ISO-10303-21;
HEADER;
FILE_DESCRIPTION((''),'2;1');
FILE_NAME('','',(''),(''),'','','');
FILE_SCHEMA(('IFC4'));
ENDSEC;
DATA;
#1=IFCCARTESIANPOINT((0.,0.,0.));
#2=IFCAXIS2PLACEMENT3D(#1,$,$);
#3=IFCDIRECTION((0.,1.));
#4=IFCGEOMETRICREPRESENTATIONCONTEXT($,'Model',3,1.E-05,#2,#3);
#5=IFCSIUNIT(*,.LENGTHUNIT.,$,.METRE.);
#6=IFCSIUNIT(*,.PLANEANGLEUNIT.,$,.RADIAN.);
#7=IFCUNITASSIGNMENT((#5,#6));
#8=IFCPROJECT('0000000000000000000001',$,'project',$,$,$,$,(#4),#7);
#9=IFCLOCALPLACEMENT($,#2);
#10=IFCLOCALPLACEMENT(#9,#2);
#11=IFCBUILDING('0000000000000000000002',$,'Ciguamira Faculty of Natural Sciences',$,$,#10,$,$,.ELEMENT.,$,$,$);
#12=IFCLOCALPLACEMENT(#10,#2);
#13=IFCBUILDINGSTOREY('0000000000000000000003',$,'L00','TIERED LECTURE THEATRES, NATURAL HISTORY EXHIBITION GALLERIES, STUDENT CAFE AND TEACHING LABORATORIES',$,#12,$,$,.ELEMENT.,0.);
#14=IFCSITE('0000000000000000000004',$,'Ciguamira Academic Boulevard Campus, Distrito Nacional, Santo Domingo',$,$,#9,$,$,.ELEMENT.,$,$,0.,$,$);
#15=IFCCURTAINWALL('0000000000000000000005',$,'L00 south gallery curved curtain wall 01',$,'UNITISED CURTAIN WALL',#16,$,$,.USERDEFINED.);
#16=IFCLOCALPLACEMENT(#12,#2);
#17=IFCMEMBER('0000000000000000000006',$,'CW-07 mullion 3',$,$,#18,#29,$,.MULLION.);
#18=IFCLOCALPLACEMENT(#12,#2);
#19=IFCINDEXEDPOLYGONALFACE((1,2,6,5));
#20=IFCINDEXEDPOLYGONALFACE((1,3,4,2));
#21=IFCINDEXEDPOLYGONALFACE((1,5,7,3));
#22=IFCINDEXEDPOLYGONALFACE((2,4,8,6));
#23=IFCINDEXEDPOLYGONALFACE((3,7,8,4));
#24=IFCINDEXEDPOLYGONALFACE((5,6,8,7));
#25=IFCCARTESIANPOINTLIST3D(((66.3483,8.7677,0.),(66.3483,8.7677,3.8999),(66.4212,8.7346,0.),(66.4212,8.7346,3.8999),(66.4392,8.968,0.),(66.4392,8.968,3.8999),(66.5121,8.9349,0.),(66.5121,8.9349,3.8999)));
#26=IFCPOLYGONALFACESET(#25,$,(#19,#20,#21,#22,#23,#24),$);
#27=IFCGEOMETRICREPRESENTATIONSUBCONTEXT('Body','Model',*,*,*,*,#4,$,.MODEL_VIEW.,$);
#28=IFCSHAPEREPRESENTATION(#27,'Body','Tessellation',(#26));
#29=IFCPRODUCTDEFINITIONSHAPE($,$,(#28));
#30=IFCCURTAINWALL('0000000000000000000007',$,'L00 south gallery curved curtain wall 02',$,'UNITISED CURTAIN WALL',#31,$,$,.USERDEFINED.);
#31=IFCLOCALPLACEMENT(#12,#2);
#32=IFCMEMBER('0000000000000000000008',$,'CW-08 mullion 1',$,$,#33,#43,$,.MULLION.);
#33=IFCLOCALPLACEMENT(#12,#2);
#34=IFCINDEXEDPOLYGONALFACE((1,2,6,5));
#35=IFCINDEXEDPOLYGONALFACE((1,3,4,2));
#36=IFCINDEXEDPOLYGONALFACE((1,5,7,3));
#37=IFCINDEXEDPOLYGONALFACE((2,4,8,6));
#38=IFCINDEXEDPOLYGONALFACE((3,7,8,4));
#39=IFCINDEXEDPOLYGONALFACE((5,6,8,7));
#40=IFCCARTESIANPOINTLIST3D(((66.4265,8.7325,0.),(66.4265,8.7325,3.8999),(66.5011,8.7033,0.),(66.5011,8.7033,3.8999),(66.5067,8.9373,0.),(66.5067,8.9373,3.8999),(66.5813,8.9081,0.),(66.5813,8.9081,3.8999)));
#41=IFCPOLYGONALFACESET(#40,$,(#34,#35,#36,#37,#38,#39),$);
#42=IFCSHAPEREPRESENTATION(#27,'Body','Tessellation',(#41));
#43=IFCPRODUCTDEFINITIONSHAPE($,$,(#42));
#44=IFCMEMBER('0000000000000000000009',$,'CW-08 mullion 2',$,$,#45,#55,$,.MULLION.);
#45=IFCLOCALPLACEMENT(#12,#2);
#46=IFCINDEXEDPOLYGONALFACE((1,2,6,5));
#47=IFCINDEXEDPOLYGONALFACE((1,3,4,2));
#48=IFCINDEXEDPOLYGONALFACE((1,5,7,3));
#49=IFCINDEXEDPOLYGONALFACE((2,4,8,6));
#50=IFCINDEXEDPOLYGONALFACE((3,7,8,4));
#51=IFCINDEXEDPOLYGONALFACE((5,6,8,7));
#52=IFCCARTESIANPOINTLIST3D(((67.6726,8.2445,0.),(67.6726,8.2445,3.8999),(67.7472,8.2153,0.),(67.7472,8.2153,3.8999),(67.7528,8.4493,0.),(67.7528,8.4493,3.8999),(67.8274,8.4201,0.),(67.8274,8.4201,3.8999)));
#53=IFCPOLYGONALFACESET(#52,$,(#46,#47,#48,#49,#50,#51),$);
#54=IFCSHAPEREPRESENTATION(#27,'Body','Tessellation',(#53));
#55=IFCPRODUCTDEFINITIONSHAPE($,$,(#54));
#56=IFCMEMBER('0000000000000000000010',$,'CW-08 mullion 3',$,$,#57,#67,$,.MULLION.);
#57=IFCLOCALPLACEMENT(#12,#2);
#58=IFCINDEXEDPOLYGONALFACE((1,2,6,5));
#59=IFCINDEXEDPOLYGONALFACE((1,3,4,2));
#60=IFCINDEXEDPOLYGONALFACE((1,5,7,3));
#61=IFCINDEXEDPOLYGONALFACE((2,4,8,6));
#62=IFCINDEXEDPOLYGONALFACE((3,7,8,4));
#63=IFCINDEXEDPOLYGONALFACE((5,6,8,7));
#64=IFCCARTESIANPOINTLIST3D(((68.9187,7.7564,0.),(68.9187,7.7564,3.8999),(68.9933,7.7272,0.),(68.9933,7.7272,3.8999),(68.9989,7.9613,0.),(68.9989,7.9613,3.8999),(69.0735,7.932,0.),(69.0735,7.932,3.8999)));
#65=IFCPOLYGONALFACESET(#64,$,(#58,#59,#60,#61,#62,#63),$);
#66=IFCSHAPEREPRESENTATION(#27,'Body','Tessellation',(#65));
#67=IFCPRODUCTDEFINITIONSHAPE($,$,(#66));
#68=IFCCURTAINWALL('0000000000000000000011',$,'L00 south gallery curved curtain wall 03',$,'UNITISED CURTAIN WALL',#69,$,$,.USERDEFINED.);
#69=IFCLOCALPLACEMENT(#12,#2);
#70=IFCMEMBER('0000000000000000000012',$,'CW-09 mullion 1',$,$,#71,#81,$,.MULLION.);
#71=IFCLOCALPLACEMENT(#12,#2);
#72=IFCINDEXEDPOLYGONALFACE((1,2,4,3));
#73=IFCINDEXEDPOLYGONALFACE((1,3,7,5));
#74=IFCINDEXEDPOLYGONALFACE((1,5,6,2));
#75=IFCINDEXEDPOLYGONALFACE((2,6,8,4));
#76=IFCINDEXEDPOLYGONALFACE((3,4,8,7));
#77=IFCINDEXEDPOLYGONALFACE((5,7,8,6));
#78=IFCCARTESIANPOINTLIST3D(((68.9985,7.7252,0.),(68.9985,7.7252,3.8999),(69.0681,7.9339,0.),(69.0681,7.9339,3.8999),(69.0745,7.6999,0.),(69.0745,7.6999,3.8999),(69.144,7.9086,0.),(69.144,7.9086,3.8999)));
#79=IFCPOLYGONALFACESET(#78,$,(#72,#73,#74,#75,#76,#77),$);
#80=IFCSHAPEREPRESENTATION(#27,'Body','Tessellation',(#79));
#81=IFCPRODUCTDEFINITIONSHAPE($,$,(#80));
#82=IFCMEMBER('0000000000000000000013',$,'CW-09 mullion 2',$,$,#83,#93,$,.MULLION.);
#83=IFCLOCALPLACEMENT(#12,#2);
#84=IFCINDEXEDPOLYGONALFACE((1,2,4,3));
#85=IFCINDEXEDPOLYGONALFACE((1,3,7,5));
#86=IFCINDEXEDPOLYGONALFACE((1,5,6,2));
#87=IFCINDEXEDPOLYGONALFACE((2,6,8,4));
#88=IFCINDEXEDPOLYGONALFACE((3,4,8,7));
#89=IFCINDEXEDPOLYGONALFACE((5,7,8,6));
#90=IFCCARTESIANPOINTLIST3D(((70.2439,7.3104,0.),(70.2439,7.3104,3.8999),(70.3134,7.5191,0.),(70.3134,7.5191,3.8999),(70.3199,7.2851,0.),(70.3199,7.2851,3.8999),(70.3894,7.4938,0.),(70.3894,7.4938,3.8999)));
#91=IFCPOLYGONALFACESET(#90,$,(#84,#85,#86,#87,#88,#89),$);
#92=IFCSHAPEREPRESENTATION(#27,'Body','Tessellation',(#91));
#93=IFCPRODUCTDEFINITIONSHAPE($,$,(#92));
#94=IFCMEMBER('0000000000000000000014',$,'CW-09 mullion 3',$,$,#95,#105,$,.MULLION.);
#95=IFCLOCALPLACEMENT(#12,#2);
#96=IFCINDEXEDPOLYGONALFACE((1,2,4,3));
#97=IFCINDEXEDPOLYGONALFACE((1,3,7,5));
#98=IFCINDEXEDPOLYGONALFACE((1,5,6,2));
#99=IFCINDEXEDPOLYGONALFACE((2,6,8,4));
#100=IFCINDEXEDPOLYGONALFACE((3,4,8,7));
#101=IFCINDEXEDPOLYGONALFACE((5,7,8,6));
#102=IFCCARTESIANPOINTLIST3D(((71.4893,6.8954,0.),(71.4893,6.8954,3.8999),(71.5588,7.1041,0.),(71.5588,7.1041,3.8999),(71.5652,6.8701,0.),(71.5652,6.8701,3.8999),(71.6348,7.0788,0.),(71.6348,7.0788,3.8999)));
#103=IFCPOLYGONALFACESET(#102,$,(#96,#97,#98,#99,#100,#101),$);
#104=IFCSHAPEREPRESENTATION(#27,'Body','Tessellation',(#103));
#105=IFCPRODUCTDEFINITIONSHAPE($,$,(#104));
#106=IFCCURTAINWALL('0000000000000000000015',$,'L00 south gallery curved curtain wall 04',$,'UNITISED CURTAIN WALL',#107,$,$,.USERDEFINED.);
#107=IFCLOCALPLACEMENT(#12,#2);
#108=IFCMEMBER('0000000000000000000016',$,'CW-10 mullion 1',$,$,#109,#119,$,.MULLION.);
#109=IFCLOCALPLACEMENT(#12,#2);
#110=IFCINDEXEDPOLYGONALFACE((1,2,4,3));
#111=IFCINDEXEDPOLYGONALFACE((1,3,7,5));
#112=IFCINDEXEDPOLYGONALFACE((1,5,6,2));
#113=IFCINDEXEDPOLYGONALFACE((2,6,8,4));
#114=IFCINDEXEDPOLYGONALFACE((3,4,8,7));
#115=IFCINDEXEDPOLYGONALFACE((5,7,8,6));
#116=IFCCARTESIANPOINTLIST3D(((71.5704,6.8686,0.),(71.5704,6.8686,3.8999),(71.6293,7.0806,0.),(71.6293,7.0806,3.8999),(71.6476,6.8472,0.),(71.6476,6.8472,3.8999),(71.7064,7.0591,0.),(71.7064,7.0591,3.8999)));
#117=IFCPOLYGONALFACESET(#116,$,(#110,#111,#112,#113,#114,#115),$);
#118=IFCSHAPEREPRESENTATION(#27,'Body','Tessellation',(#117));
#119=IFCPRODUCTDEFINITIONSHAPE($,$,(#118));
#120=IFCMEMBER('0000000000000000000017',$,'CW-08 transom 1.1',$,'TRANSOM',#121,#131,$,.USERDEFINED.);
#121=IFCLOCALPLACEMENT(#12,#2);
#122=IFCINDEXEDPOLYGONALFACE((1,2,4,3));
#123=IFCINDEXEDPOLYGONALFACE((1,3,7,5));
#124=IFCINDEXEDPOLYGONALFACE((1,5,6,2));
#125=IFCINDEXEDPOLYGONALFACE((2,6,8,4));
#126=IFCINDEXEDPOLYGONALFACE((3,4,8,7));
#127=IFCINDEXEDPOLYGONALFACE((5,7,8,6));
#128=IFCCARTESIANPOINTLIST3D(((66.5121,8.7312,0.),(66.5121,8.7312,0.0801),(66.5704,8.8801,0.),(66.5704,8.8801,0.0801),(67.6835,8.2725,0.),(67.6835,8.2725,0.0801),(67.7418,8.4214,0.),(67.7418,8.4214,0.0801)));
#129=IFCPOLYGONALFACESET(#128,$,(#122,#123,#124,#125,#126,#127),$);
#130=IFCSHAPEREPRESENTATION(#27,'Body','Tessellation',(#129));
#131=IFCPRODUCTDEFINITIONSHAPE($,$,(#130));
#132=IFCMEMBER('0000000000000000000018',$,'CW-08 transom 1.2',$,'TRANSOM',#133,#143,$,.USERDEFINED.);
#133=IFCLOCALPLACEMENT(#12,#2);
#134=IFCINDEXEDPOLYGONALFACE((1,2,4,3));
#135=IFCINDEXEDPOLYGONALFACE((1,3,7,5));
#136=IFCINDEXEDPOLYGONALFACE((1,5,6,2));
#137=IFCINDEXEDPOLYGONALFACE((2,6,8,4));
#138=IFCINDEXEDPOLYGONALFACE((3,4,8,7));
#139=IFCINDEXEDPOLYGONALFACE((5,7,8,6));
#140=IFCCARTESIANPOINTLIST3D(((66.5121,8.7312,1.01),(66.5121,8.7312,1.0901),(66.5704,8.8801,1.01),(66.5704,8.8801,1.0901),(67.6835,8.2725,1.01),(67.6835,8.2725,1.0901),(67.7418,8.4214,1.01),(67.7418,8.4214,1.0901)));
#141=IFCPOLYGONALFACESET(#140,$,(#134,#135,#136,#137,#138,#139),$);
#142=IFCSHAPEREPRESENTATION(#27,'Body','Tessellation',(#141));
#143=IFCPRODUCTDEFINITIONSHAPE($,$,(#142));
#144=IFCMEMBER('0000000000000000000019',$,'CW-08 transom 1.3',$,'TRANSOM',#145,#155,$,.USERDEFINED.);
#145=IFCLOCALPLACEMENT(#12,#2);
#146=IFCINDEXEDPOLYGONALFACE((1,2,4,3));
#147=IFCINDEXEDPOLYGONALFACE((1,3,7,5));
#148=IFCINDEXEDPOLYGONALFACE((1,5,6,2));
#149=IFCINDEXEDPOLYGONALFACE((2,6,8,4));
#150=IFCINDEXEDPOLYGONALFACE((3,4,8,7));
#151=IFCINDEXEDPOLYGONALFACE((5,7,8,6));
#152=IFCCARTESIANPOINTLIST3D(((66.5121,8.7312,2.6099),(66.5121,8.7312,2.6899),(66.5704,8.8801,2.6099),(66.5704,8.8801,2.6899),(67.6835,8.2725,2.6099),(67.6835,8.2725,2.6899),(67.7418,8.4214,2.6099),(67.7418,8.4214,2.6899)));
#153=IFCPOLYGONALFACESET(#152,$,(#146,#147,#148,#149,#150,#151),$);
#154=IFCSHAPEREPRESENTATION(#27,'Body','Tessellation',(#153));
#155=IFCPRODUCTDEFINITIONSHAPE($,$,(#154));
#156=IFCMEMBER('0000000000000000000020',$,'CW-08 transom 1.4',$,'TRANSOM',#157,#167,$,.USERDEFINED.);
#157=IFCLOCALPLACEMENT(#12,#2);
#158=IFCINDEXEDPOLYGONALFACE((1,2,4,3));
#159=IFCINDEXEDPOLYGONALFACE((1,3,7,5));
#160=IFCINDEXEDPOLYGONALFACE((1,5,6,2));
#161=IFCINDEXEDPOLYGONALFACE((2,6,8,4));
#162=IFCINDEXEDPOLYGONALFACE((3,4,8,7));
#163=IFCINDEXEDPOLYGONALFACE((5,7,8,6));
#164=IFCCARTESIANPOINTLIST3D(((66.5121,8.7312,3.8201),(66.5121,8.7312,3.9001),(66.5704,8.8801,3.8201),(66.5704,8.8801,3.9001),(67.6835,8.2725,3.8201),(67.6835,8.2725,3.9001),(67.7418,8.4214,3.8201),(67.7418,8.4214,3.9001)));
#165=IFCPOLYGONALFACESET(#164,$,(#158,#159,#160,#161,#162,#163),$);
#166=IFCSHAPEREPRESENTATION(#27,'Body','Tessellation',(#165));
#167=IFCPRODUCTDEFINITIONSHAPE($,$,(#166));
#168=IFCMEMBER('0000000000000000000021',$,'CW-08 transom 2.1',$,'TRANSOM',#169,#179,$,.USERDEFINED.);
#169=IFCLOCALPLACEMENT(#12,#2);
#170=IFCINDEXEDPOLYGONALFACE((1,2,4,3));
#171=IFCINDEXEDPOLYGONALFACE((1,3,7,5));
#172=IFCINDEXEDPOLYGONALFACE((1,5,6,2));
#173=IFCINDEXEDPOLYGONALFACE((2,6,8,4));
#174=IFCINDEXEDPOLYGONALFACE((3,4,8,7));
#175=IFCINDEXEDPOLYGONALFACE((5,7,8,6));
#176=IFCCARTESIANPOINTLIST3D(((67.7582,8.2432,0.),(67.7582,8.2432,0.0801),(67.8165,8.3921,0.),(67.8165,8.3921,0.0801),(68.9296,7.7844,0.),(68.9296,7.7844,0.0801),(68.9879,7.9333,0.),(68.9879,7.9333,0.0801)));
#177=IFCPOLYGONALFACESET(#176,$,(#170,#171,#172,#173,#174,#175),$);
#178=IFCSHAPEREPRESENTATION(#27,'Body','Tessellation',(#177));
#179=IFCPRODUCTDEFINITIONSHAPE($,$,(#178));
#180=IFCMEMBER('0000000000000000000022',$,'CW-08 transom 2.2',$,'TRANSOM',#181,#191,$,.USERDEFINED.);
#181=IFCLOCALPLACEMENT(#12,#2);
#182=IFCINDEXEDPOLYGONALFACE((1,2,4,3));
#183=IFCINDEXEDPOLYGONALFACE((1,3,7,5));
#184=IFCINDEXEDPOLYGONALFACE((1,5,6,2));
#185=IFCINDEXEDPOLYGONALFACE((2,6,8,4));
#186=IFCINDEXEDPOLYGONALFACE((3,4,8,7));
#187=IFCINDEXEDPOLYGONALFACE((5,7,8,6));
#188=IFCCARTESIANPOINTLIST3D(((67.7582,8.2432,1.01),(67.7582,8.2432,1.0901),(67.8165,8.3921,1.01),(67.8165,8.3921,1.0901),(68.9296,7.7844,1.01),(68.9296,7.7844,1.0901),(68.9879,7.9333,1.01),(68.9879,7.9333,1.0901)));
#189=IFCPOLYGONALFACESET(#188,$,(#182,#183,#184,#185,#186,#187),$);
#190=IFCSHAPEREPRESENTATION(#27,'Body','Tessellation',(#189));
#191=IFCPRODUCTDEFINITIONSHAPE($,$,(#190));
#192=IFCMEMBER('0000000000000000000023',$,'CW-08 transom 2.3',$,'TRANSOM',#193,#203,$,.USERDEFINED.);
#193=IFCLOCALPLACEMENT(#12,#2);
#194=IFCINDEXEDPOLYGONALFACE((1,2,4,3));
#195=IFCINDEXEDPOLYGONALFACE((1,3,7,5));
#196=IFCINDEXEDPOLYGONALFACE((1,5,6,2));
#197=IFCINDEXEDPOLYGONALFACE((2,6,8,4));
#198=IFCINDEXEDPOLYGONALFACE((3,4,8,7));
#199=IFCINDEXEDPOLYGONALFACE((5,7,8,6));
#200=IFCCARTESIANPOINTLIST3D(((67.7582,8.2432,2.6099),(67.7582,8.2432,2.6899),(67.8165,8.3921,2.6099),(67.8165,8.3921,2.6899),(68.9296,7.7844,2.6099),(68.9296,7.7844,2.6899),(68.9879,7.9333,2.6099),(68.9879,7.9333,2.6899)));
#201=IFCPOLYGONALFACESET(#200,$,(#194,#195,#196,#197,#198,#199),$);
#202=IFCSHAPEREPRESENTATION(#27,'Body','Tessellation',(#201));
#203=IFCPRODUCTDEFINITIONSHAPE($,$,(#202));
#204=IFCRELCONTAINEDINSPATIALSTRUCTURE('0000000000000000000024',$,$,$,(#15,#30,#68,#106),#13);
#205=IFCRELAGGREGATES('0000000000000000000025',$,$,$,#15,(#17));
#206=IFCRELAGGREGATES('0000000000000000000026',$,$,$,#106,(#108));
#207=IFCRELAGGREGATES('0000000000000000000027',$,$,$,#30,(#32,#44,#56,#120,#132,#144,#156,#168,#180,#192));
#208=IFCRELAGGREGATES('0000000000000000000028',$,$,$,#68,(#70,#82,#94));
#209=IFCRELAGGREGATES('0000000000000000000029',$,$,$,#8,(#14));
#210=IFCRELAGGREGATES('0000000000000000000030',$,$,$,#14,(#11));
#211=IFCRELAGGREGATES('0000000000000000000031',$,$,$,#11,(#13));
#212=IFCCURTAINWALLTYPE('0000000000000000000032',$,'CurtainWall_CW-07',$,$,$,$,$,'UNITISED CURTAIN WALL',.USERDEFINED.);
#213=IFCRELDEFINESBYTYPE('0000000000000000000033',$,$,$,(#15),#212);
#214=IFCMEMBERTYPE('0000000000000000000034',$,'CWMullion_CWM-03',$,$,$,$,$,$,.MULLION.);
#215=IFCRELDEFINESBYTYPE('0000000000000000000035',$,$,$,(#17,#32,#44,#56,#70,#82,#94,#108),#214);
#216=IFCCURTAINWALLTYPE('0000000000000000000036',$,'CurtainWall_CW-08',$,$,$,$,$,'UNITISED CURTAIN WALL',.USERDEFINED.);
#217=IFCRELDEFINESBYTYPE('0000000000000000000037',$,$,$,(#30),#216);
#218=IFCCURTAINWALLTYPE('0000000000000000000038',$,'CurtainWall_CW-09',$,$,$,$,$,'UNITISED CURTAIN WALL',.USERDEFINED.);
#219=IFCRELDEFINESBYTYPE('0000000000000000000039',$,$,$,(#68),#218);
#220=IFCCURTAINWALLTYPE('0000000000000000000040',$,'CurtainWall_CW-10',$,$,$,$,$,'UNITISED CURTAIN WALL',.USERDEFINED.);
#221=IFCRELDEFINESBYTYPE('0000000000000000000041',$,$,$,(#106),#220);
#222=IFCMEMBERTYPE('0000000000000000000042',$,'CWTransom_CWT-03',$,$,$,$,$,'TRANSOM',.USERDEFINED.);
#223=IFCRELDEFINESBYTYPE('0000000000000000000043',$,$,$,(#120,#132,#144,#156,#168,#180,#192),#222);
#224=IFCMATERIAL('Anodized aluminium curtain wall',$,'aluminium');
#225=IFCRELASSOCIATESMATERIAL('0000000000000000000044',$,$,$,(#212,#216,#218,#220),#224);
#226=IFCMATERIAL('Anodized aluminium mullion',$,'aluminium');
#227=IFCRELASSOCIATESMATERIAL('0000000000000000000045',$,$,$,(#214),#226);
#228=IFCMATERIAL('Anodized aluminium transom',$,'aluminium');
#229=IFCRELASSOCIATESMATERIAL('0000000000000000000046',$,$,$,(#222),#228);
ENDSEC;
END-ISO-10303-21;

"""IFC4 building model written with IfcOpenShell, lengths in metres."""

from ifc_helpers import new_model, si_unit, direction, frame, origin, origin_2d, place, context, subcontext, project, spatial, rectangle, extrude, material, material_profile, profile_set, type_object, element, aggregate, save


model = new_model("IFC4")

# Units and contexts
model_context = context("Model", 3, precision=1e-05, world=origin(), true_north=direction((0.0, 1.0)))
body_context = subcontext(model_context, "Body", "Model", "MODEL_VIEW")
ifc_project = project(units=[si_unit("LENGTHUNIT", "METRE"), si_unit("PLANEANGLEUNIT", "RADIAN")], contexts=[model_context])

# Site, building, storey
site_placement = place(None, origin())
site = spatial("IfcSite", under=ifc_project, at=site_placement, Name="Ciguamira Academic Boulevard Campus, Distrito Nacional, Santo Domingo", CompositionType="ELEMENT", RefElevation=0.0)
building_placement = place(site_placement, origin())
building = spatial("IfcBuilding", under=site, at=building_placement, Name="Ciguamira Faculty of Natural Sciences", CompositionType="ELEMENT")
storey_placement = place(building_placement, origin())
storey = spatial("IfcBuildingStorey", under=building, at=storey_placement, Name="L00", Description="TIERED LECTURE THEATRES, NATURAL HISTORY EXHIBITION GALLERIES, STUDENT CAFE AND TEACHING LABORATORIES", CompositionType="ELEMENT", Elevation=0.0)

# Curtain wall, member
ifc_material_1 = material(Name="Anodized aluminium curtain wall", Category="aluminium")
curtain_wall_type_1 = type_object("IfcCurtainWallType", Name="CurtainWall_CW-07", ElementType="UNITISED CURTAIN WALL", PredefinedType="USERDEFINED", material=ifc_material_1)
curtain_wall_1_placement = place(storey_placement, origin())
curtain_wall_1 = element("IfcCurtainWall", 1, at=curtain_wall_1_placement, inside=storey, type_object=curtain_wall_type_1, Name="L00 south gallery curved curtain wall 01", ObjectType="UNITISED CURTAIN WALL", PredefinedType="USERDEFINED")
ifc_material_2 = material(Name="Anodized aluminium mullion", Category="aluminium")
ifc_material_profile_1 = material_profile(ifc_material_2, rectangle(XDim=0.0801, YDim=0.22, at=origin_2d()), Name="ALU-MUL-80X220")
ifc_profile_set_1 = profile_set([ifc_material_profile_1], Name="Anodized aluminium mullion")
member_type_1 = type_object("IfcMemberType", Name="CWMullion_CWM-03", PredefinedType="MULLION", material=ifc_profile_set_1)
member_1_placement = place(storey_placement, frame((66.4302, 8.8513, 0.0), z_axis=(0.0, 0.0, 1.0), x_axis=(0.910581, -0.413332, 0.0)))
member_1 = element("IfcMember", 2, at=member_1_placement, type_object=member_type_1, Name="CW-07 mullion 3", PredefinedType="MULLION", context=body_context, shape_type="SweptSolid", body=[
    extrude(rectangle(XDim=0.0801, YDim=0.22, at=origin_2d()), origin(), (0.0, 0.0, 1.0), 3.8999),
])
aggregate(curtain_wall_1, [member_1])

# Curtain walls, members
curtain_wall_type_2 = type_object("IfcCurtainWallType", Name="CurtainWall_CW-08", ElementType="UNITISED CURTAIN WALL", PredefinedType="USERDEFINED", material=ifc_material_1)
curtain_wall_2_placement = place(storey_placement, origin())
curtain_wall_2 = element("IfcCurtainWall", 3, at=curtain_wall_2_placement, inside=storey, type_object=curtain_wall_type_2, Name="L00 south gallery curved curtain wall 02", ObjectType="UNITISED CURTAIN WALL", PredefinedType="USERDEFINED")
member_2_placement = place(storey_placement, frame((66.5039, 8.8203, 0.0), z_axis=(0.0, 0.0, 1.0), x_axis=(0.931122, -0.364707, 0.0)))
member_2 = element("IfcMember", 4, at=member_2_placement, type_object=member_type_1, Name="CW-08 mullion 1", PredefinedType="MULLION", context=body_context, shape_type="SweptSolid", body=[
    extrude(rectangle(XDim=0.0801, YDim=0.22, at=origin_2d()), origin(), (0.0, 0.0, 1.0), 3.8999),
])
member_3_placement = place(storey_placement, frame((67.75, 8.3323, 0.0), z_axis=(0.0, 0.0, 1.0), x_axis=(0.931122, -0.364707, 0.0)))
member_3 = element("IfcMember", 5, at=member_3_placement, type_object=member_type_1, Name="CW-08 mullion 2", PredefinedType="MULLION", context=body_context, shape_type="SweptSolid", body=[
    extrude(rectangle(XDim=0.0801, YDim=0.22, at=origin_2d()), origin(), (0.0, 0.0, 1.0), 3.8999),
])
member_4_placement = place(storey_placement, frame((68.9961, 7.8442, 0.0), z_axis=(0.0, 0.0, 1.0), x_axis=(0.931122, -0.364707, 0.0)))
member_4 = element("IfcMember", 6, at=member_4_placement, type_object=member_type_1, Name="CW-08 mullion 3", PredefinedType="MULLION", context=body_context, shape_type="SweptSolid", body=[
    extrude(rectangle(XDim=0.0801, YDim=0.22, at=origin_2d()), origin(), (0.0, 0.0, 1.0), 3.8999),
])
curtain_wall_type_3 = type_object("IfcCurtainWallType", Name="CurtainWall_CW-09", ElementType="UNITISED CURTAIN WALL", PredefinedType="USERDEFINED", material=ifc_material_1)
curtain_wall_3_placement = place(storey_placement, origin())
curtain_wall_3 = element("IfcCurtainWall", 7, at=curtain_wall_3_placement, inside=storey, type_object=curtain_wall_type_3, Name="L00 south gallery curved curtain wall 03", ObjectType="UNITISED CURTAIN WALL", PredefinedType="USERDEFINED")
member_5_placement = place(storey_placement, frame((69.0713, 7.8169, 0.0), z_axis=(0.0, 0.0, 1.0), x_axis=(0.948735, -0.316073, 0.0)))
member_5 = element("IfcMember", 8, at=member_5_placement, type_object=member_type_1, Name="CW-09 mullion 1", PredefinedType="MULLION", context=body_context, shape_type="SweptSolid", body=[
    extrude(rectangle(XDim=0.0801, YDim=0.22, at=origin_2d()), origin(), (0.0, 0.0, 1.0), 3.8999),
])
member_6_placement = place(storey_placement, frame((70.3167, 7.4021, 0.0), z_axis=(0.0, 0.0, 1.0), x_axis=(0.948735, -0.316073, 0.0)))
member_6 = element("IfcMember", 9, at=member_6_placement, type_object=member_type_1, Name="CW-09 mullion 2", PredefinedType="MULLION", context=body_context, shape_type="SweptSolid", body=[
    extrude(rectangle(XDim=0.0801, YDim=0.22, at=origin_2d()), origin(), (0.0, 0.0, 1.0), 3.8999),
])
member_7_placement = place(storey_placement, frame((71.562, 6.9871, 0.0), z_axis=(0.0, 0.0, 1.0), x_axis=(0.948735, -0.316073, 0.0)))
member_7 = element("IfcMember", 10, at=member_7_placement, type_object=member_type_1, Name="CW-09 mullion 3", PredefinedType="MULLION", context=body_context, shape_type="SweptSolid", body=[
    extrude(rectangle(XDim=0.0801, YDim=0.22, at=origin_2d()), origin(), (0.0, 0.0, 1.0), 3.8999),
])

# Curtain wall, member
curtain_wall_type_4 = type_object("IfcCurtainWallType", Name="CurtainWall_CW-10", ElementType="UNITISED CURTAIN WALL", PredefinedType="USERDEFINED", material=ifc_material_1)
curtain_wall_4_placement = place(storey_placement, origin())
curtain_wall_4 = element("IfcCurtainWall", 11, at=curtain_wall_4_placement, inside=storey, type_object=curtain_wall_type_4, Name="L00 south gallery curved curtain wall 04", ObjectType="UNITISED CURTAIN WALL", PredefinedType="USERDEFINED")
member_8_placement = place(storey_placement, frame((71.6384, 6.9639, 0.0), z_axis=(0.0, 0.0, 1.0), x_axis=(0.963573, -0.267444, 0.0)))
member_8 = element("IfcMember", 12, at=member_8_placement, type_object=member_type_1, Name="CW-10 mullion 1", PredefinedType="MULLION", context=body_context, shape_type="SweptSolid", body=[
    extrude(rectangle(XDim=0.0801, YDim=0.22, at=origin_2d()), origin(), (0.0, 0.0, 1.0), 3.8999),
])

# Members
ifc_material_3 = material(Name="Anodized aluminium transom", Category="aluminium")
ifc_material_profile_2 = material_profile(ifc_material_3, rectangle(XDim=0.0801, YDim=0.1599, at=origin_2d()), Name="ALU-TRN-80X160")
ifc_profile_set_2 = profile_set([ifc_material_profile_2], Name="Anodized aluminium transom")
member_type_2 = type_object("IfcMemberType", Name="CWTransom_CWT-03", ElementType="TRANSOM", PredefinedType="USERDEFINED", material=ifc_profile_set_2)
member_9_placement = place(storey_placement, frame((66.5413, 8.8057, 0.04), z_axis=(0.931143, -0.364655, 0.0), x_axis=(0.0, 0.0, 1.0)))
member_9 = element("IfcMember", 13, at=member_9_placement, type_object=member_type_2, Name="CW-08 transom 1.1", ObjectType="TRANSOM", PredefinedType="USERDEFINED", context=body_context, shape_type="SweptSolid", body=[
    extrude(rectangle(XDim=0.0801, YDim=0.1599, at=origin_2d()), origin(), (0.0, 0.0, 1.0), 1.2581),
])
member_10_placement = place(storey_placement, frame((66.5413, 8.8057, 1.05), z_axis=(0.931143, -0.364655, 0.0), x_axis=(0.0, 0.0, 1.0)))
member_10 = element("IfcMember", 14, at=member_10_placement, type_object=member_type_2, Name="CW-08 transom 1.2", ObjectType="TRANSOM", PredefinedType="USERDEFINED", context=body_context, shape_type="SweptSolid", body=[
    extrude(rectangle(XDim=0.0801, YDim=0.1599, at=origin_2d()), origin(), (0.0, 0.0, 1.0), 1.2581),
])
member_11_placement = place(storey_placement, frame((66.5413, 8.8057, 2.6499), z_axis=(0.931143, -0.364655, 0.0), x_axis=(0.0, 0.0, 1.0)))
member_11 = element("IfcMember", 15, at=member_11_placement, type_object=member_type_2, Name="CW-08 transom 1.3", ObjectType="TRANSOM", PredefinedType="USERDEFINED", context=body_context, shape_type="SweptSolid", body=[
    extrude(rectangle(XDim=0.0801, YDim=0.1599, at=origin_2d()), origin(), (0.0, 0.0, 1.0), 1.2581),
])
member_12_placement = place(storey_placement, frame((66.5413, 8.8057, 3.8601), z_axis=(0.931143, -0.364655, 0.0), x_axis=(0.0, 0.0, 1.0)))
member_12 = element("IfcMember", 16, at=member_12_placement, type_object=member_type_2, Name="CW-08 transom 1.4", ObjectType="TRANSOM", PredefinedType="USERDEFINED", context=body_context, shape_type="SweptSolid", body=[
    extrude(rectangle(XDim=0.0801, YDim=0.1599, at=origin_2d()), origin(), (0.0, 0.0, 1.0), 1.2581),
])
member_13_placement = place(storey_placement, frame((67.7874, 8.3176, 0.04), z_axis=(0.931143, -0.364655, 0.0), x_axis=(0.0, 0.0, 1.0)))
member_13 = element("IfcMember", 17, at=member_13_placement, type_object=member_type_2, Name="CW-08 transom 2.1", ObjectType="TRANSOM", PredefinedType="USERDEFINED", context=body_context, shape_type="SweptSolid", body=[
    extrude(rectangle(XDim=0.0801, YDim=0.1599, at=origin_2d()), origin(), (0.0, 0.0, 1.0), 1.2581),
])
member_14_placement = place(storey_placement, frame((67.7874, 8.3176, 1.05), z_axis=(0.931143, -0.364655, 0.0), x_axis=(0.0, 0.0, 1.0)))
member_14 = element("IfcMember", 18, at=member_14_placement, type_object=member_type_2, Name="CW-08 transom 2.2", ObjectType="TRANSOM", PredefinedType="USERDEFINED", context=body_context, shape_type="SweptSolid", body=[
    extrude(rectangle(XDim=0.0801, YDim=0.1599, at=origin_2d()), origin(), (0.0, 0.0, 1.0), 1.2581),
])
member_15_placement = place(storey_placement, frame((67.7874, 8.3176, 2.6499), z_axis=(0.931143, -0.364655, 0.0), x_axis=(0.0, 0.0, 1.0)))
member_15 = element("IfcMember", 19, at=member_15_placement, type_object=member_type_2, Name="CW-08 transom 2.3", ObjectType="TRANSOM", PredefinedType="USERDEFINED", context=body_context, shape_type="SweptSolid", body=[
    extrude(rectangle(XDim=0.0801, YDim=0.1599, at=origin_2d()), origin(), (0.0, 0.0, 1.0), 1.2581),
])
aggregate(curtain_wall_4, [member_8])

aggregate(curtain_wall_2, [member_2, member_3, member_4, member_9, member_10, member_11, member_12, member_13, member_14, member_15])
aggregate(curtain_wall_3, [member_5, member_6, member_7])

save(model, "model.ifc")
